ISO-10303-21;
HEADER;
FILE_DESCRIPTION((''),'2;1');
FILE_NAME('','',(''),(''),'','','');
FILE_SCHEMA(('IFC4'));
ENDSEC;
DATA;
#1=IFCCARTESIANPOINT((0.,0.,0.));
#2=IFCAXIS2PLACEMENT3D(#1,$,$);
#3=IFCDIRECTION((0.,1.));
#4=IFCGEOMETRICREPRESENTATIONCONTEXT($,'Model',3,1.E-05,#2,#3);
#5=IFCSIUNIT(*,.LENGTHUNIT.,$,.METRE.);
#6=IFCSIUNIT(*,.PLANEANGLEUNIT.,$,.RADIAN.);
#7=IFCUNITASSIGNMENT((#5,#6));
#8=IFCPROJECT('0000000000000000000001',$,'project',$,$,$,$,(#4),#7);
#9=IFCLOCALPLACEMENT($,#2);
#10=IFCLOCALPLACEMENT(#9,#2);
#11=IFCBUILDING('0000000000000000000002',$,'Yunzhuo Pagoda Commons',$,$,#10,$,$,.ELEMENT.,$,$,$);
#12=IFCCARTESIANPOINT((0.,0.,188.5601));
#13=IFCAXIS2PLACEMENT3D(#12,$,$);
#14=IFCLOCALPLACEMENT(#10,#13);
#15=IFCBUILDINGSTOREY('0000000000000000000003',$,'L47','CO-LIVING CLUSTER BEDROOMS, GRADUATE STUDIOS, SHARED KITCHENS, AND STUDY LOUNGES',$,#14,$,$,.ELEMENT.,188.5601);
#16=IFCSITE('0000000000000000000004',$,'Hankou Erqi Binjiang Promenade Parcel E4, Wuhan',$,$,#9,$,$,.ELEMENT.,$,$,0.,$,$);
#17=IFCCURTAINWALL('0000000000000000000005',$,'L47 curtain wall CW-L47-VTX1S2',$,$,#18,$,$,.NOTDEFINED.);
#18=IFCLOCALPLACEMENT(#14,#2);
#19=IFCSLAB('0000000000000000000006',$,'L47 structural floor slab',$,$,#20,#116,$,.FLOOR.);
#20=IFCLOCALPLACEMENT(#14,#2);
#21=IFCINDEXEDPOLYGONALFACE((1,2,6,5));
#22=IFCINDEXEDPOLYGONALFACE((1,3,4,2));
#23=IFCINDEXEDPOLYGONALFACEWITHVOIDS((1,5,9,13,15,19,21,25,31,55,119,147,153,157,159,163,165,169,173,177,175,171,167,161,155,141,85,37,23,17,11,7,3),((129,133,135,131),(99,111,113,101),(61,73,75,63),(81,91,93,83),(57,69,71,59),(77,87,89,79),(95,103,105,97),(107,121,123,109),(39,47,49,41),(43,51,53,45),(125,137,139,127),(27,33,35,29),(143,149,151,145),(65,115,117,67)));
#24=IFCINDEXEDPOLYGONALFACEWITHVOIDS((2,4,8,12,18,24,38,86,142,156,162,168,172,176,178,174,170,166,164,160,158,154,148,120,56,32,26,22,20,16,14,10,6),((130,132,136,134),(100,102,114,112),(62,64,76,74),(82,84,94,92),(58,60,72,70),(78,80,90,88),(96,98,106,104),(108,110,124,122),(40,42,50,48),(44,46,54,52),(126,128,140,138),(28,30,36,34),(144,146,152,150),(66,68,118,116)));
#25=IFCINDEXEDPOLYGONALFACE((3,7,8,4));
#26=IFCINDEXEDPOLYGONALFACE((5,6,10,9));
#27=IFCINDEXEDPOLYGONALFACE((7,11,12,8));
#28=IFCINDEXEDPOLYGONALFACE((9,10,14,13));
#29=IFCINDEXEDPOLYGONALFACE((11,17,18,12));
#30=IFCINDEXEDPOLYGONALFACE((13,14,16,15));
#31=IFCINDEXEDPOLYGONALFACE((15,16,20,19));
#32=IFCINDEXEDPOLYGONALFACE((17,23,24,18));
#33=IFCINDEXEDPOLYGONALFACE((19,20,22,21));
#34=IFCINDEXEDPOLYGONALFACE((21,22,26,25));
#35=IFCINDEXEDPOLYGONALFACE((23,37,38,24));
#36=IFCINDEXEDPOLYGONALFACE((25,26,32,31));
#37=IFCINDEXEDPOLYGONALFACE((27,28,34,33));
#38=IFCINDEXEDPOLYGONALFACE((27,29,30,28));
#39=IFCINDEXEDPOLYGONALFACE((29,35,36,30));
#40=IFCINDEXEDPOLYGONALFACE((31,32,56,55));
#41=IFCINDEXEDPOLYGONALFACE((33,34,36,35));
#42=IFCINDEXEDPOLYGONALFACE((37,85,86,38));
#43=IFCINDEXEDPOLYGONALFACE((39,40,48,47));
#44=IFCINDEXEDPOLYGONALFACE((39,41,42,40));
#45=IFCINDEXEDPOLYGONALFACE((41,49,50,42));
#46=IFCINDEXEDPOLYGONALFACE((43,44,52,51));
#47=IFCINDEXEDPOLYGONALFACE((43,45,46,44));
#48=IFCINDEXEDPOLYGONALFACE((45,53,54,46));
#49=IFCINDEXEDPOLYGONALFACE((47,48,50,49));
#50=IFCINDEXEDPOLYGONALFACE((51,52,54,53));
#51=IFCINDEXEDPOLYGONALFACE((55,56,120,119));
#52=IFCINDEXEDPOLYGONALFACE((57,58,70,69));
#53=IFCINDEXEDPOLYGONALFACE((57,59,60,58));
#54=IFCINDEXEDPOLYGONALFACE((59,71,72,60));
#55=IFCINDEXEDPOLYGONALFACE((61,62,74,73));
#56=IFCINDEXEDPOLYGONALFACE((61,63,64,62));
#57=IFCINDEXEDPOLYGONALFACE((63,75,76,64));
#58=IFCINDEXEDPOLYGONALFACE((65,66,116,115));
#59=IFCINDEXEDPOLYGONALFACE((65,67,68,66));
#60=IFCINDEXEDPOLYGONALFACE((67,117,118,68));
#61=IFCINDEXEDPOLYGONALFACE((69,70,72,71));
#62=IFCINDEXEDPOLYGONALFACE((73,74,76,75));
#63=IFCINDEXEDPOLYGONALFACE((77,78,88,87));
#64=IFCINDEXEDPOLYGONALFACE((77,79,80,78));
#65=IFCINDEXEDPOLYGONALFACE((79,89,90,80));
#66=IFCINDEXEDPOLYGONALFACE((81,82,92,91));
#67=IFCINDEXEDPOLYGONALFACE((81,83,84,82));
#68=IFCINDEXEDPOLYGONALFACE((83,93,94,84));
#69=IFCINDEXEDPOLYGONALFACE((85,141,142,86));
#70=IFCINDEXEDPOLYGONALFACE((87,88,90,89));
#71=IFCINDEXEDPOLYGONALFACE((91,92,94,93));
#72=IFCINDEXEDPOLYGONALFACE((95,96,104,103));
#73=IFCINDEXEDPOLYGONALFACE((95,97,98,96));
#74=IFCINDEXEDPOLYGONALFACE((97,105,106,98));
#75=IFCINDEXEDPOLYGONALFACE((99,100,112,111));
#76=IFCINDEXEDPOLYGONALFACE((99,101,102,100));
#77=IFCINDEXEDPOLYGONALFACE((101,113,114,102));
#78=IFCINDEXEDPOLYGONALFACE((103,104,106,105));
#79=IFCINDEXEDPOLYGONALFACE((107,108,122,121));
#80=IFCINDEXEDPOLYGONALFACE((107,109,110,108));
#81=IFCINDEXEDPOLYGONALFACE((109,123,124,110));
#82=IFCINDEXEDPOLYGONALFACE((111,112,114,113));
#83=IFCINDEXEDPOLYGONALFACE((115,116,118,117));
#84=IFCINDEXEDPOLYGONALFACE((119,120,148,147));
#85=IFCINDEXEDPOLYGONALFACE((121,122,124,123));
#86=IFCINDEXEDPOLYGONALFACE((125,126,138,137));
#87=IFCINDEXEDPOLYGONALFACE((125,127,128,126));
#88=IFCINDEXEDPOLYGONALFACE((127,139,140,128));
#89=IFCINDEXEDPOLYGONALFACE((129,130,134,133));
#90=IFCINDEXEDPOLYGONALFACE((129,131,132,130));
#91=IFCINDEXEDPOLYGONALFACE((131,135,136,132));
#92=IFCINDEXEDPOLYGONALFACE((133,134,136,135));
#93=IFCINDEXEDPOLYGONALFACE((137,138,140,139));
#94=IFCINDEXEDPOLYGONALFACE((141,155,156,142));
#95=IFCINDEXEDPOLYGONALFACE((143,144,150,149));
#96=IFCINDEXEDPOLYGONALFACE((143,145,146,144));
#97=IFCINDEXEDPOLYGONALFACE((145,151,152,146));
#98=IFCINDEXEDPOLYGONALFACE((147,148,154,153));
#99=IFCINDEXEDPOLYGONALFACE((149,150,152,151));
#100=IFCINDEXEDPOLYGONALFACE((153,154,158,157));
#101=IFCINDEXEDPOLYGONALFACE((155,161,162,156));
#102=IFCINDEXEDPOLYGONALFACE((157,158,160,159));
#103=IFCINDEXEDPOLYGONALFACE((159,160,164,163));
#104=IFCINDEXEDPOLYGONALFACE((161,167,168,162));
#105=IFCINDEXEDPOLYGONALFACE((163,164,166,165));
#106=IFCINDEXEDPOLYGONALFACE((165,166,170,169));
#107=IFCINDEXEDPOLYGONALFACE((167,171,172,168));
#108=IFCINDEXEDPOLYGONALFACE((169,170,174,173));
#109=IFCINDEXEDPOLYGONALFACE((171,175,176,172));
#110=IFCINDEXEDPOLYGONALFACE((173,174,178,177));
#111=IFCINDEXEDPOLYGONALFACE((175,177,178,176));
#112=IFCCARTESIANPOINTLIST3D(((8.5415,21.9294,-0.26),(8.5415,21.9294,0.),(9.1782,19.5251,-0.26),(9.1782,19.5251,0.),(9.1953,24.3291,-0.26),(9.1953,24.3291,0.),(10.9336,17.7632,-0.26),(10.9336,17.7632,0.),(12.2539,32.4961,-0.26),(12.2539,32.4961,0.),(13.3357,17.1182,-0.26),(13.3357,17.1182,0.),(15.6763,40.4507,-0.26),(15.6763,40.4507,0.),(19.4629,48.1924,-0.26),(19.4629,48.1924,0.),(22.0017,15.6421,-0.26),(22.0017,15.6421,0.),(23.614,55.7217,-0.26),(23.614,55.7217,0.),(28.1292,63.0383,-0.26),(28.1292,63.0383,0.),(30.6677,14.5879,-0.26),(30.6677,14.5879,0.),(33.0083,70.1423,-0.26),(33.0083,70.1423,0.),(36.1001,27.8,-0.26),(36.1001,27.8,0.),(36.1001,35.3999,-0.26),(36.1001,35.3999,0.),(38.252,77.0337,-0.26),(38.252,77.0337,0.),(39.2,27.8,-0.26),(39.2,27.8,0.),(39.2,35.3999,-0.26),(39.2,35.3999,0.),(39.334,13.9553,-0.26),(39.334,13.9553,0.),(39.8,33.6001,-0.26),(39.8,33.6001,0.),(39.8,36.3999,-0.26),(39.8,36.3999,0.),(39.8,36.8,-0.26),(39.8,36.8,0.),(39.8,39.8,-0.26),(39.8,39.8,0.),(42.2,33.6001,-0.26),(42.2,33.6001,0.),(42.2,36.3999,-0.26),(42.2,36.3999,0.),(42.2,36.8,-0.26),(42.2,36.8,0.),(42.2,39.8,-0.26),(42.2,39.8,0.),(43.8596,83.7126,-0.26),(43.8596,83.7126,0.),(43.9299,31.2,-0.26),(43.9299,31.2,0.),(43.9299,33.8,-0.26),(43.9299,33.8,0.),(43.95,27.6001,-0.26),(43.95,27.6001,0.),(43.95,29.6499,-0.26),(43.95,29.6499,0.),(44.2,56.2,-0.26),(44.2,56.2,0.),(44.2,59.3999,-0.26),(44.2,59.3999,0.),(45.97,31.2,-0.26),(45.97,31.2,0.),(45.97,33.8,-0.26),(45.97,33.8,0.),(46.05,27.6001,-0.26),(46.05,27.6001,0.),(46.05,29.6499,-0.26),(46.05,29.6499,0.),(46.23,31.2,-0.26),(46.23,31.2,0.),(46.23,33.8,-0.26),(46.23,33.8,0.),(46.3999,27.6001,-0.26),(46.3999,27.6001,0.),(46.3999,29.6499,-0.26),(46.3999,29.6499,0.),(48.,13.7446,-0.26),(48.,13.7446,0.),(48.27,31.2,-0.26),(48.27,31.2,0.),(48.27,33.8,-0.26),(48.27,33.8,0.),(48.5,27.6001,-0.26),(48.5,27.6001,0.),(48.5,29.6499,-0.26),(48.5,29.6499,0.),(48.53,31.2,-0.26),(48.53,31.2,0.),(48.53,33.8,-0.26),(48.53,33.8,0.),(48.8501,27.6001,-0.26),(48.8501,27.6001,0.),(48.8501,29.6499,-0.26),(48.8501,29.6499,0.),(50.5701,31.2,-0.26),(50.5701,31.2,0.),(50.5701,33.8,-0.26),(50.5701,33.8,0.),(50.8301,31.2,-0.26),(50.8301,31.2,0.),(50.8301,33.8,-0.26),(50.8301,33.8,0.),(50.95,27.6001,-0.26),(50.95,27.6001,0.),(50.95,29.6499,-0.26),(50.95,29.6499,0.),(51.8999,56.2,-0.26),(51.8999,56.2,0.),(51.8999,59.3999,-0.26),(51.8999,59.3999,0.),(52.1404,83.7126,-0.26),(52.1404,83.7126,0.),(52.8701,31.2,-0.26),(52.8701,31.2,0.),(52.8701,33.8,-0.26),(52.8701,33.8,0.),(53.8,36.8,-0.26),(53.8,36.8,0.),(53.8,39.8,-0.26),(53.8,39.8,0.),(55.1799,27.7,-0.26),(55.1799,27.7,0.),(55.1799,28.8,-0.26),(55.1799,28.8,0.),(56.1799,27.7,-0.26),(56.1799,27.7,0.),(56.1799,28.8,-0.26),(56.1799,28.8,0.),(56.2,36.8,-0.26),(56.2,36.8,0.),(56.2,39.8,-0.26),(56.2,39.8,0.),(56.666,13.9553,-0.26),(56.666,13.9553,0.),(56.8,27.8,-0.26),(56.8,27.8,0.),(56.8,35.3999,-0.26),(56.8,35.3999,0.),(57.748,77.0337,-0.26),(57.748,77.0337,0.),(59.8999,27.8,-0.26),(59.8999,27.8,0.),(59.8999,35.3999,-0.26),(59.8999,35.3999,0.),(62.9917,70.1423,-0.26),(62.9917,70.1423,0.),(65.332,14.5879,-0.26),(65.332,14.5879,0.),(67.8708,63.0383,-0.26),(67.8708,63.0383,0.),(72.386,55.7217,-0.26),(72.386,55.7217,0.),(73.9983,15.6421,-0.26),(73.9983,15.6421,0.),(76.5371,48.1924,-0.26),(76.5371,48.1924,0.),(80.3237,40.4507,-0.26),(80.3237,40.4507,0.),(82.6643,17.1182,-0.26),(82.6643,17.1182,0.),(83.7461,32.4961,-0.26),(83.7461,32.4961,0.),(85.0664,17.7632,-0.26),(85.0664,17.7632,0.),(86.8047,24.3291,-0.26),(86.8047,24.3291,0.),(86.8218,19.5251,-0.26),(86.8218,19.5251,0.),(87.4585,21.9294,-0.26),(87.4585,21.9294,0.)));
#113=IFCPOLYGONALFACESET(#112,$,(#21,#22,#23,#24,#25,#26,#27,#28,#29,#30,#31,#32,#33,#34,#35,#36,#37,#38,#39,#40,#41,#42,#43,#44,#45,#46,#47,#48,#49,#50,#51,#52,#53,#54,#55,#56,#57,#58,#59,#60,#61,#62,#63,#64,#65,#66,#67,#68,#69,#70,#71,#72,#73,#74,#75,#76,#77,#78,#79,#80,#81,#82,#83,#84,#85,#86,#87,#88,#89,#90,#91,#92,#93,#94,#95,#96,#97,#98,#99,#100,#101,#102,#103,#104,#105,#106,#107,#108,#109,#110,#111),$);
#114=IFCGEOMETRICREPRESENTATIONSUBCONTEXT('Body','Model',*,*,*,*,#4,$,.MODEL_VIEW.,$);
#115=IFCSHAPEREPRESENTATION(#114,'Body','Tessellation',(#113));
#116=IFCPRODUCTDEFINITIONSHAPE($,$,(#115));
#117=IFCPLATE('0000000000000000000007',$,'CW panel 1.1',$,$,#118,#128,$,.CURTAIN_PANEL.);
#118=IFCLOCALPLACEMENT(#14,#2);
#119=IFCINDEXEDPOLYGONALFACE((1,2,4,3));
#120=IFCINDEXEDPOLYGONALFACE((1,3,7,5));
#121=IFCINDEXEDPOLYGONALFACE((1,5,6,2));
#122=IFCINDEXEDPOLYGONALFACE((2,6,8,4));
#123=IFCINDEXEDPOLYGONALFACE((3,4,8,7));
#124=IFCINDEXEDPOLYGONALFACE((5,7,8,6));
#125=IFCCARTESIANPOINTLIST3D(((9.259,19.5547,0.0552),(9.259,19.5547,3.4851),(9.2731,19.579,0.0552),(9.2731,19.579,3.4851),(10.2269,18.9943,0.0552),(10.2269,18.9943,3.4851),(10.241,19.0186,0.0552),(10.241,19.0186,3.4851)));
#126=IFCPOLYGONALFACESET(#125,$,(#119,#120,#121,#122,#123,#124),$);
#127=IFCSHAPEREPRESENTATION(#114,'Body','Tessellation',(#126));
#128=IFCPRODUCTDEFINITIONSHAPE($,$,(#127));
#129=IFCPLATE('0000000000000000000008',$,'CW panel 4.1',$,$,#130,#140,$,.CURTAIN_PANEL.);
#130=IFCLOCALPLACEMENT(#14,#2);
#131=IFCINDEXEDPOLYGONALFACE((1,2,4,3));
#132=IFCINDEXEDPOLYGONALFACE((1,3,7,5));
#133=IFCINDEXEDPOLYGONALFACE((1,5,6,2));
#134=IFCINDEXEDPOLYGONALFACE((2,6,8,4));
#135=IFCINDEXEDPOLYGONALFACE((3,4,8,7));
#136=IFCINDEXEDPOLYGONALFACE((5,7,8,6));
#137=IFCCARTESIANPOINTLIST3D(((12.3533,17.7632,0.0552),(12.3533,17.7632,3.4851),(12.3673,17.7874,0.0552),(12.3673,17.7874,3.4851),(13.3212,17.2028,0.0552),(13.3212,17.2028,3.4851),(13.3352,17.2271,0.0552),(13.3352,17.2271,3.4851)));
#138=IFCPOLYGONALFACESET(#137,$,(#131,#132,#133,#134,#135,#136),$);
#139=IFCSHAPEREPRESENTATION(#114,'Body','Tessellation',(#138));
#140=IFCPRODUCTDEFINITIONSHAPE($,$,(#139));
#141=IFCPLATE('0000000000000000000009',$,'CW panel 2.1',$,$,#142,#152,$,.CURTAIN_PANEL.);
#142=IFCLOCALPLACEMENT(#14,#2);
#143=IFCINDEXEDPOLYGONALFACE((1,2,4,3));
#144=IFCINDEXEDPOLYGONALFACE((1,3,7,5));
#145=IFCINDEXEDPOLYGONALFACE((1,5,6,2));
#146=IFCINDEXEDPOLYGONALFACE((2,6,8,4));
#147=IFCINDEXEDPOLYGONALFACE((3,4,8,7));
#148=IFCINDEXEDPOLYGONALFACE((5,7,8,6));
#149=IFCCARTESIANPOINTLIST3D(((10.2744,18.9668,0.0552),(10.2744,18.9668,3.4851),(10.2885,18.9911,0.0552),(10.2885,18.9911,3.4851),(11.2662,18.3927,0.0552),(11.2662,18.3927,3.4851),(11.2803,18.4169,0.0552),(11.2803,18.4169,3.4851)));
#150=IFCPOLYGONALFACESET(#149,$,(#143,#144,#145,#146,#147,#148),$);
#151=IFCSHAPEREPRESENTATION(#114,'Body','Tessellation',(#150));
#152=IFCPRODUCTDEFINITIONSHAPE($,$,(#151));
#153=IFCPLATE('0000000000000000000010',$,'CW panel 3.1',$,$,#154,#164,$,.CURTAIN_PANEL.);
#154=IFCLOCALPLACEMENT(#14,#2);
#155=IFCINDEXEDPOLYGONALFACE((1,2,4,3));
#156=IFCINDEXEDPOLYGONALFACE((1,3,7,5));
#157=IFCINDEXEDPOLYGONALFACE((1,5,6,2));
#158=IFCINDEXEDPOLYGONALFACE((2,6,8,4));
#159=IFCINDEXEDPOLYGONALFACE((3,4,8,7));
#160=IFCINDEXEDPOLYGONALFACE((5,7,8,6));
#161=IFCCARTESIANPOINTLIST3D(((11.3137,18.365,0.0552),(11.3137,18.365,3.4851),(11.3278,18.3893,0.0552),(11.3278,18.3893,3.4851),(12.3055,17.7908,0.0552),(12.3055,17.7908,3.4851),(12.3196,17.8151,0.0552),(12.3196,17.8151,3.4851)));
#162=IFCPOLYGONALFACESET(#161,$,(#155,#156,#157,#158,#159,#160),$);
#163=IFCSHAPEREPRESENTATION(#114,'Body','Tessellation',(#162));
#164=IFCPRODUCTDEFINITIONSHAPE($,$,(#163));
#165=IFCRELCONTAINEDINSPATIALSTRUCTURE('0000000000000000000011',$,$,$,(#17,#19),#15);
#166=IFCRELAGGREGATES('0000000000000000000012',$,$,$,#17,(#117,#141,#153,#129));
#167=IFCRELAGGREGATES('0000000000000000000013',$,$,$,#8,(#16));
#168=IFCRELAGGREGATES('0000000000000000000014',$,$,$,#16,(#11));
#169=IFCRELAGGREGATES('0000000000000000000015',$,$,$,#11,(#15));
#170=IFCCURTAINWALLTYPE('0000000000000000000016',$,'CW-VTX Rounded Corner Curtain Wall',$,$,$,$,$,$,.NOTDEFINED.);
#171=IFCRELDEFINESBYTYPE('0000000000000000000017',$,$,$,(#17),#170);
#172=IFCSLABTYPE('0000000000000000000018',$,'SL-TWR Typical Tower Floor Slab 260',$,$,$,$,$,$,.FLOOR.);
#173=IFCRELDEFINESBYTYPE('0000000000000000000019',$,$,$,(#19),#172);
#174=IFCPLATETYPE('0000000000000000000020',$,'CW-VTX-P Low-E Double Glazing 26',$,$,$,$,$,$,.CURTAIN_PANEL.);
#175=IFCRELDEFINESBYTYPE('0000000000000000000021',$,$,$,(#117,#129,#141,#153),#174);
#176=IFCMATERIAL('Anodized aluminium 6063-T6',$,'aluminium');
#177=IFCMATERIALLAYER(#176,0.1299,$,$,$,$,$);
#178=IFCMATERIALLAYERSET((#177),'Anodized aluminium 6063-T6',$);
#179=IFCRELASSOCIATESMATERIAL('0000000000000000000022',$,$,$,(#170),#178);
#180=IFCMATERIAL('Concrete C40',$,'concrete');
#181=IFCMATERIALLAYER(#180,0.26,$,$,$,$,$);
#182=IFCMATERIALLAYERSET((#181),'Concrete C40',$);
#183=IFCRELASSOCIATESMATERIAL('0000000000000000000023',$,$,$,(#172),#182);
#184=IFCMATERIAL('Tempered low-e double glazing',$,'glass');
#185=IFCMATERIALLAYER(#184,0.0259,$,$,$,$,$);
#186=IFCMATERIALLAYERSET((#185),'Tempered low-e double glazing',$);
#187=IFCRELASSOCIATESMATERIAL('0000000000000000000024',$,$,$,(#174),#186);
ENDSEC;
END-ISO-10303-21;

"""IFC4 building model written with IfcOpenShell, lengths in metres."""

from ifc_helpers import new_model, si_unit, direction, frame, origin, origin_2d, place, context, subcontext, project, spatial, polyline, rectangle, outline, extrude, source, transform, mapped, material, layer, layer_set, type_object, element, aggregate, save


model = new_model("IFC4")

# Units and contexts
model_context = context("Model", 3, precision=1e-05, world=origin(), true_north=direction((0.0, 1.0)))
body_context = subcontext(model_context, "Body", "Model", "MODEL_VIEW")
ifc_project = project(units=[si_unit("LENGTHUNIT", "METRE"), si_unit("PLANEANGLEUNIT", "RADIAN")], contexts=[model_context])

# Site, building, storey
site_placement = place(None, origin())
site = spatial("IfcSite", under=ifc_project, at=site_placement, Name="Hankou Erqi Binjiang Promenade Parcel E4, Wuhan", CompositionType="ELEMENT", RefElevation=0.0)
building_placement = place(site_placement, origin())
building = spatial("IfcBuilding", under=site, at=building_placement, Name="Yunzhuo Pagoda Commons", CompositionType="ELEMENT")
storey_placement = place(building_placement, frame((0.0, 0.0, 188.5601)))
storey = spatial("IfcBuildingStorey", under=building, at=storey_placement, Name="L47", Description="CO-LIVING CLUSTER BEDROOMS, GRADUATE STUDIOS, SHARED KITCHENS, AND STUDY LOUNGES", CompositionType="ELEMENT", Elevation=188.5601)

# Curtain wall
ifc_material_1 = material(Name="Anodized aluminium 6063-T6", Category="aluminium")
ifc_layer_1 = layer(ifc_material_1, 0.1299)
ifc_layer_set_1 = layer_set([ifc_layer_1], Name="Anodized aluminium 6063-T6")
curtain_wall_type_1 = type_object("IfcCurtainWallType", Name="CW-VTX Rounded Corner Curtain Wall", PredefinedType="NOTDEFINED", material=ifc_layer_set_1)
curtain_wall_1_placement = place(storey_placement, origin())
curtain_wall_1 = element("IfcCurtainWall", 1, at=curtain_wall_1_placement, inside=storey, type_object=curtain_wall_type_1, Name="L47 curtain wall CW-L47-VTX1S2", PredefinedType="NOTDEFINED")

# Shared definitions
ifc_material_2 = material(Name="Concrete C40", Category="concrete")

# Slab
ifc_layer_2 = layer(ifc_material_2, 0.26)
ifc_layer_set_2 = layer_set([ifc_layer_2], Name="Concrete C40")
slab_type_1 = type_object("IfcSlabType", Name="SL-TWR Typical Tower Floor Slab 260", PredefinedType="FLOOR", material=ifc_layer_set_2)
slab_1_placement = place(storey_placement, frame((0.0, 0.0, -0.26)))
element("IfcSlab", 2, at=slab_1_placement, inside=storey, type_object=slab_type_1, Name="L47 structural floor slab", PredefinedType="FLOOR", context=body_context, shape_type="SweptSolid", body=[
    extrude(outline(polyline([(12.2539, 32.4961), (15.6763, 40.4507), (19.4629, 48.1924), (23.614, 55.7217), (28.1292, 63.0383), (33.0083, 70.1423), (38.252, 77.0337), (43.8596, 83.7126), (52.1404, 83.7126), (57.748, 77.0337), (62.9917, 70.1423), (67.8708, 63.0383), (72.386, 55.7217), (76.5371, 48.1924), (80.3237, 40.4507), (83.7461, 32.4961), (86.8047, 24.3291), (87.4585, 21.9294), (86.8218, 19.5251), (85.0664, 17.7632), (82.6643, 17.1182), (73.9983, 15.6421), (65.332, 14.5879), (56.666, 13.9553), (48.0, 13.7446), (39.334, 13.9553), (30.6677, 14.5879), (22.0017, 15.6421), (13.3357, 17.1182), (10.9336, 17.7632), (9.1782, 19.5251), (8.5415, 21.9294), (9.1953, 24.3291), (12.2539, 32.4961)]), holes=[polyline([(46.05, 29.6499), (43.95, 29.6499), (43.95, 27.6001), (46.05, 27.6001), (46.05, 29.6499)]), polyline([(48.5, 27.6001), (48.5, 29.6499), (46.3999, 29.6499), (46.3999, 27.6001), (48.5, 27.6001)]), polyline([(36.1001, 27.8), (39.2, 27.8), (39.2, 35.3999), (36.1001, 35.3999), (36.1001, 27.8)]), polyline([(45.97, 31.2), (45.97, 33.8), (43.9299, 33.8), (43.9299, 31.2), (45.97, 31.2)]), polyline([(48.27, 31.2), (48.27, 33.8), (46.23, 33.8), (46.23, 31.2), (48.27, 31.2)]), polyline([(42.2, 33.6001), (42.2, 36.3999), (39.8, 36.3999), (39.8, 33.6001), (42.2, 33.6001)]), polyline([(42.2, 36.8), (42.2, 39.8), (39.8, 39.8), (39.8, 36.8), (42.2, 36.8)]), polyline([(56.1799, 28.8), (55.1799, 28.8), (55.1799, 27.7), (56.1799, 27.7), (56.1799, 28.8)]), polyline([(50.95, 27.6001), (50.95, 29.6499), (48.8501, 29.6499), (48.8501, 27.6001), (50.95, 27.6001)]), polyline([(56.8, 27.8), (59.8999, 27.8), (59.8999, 35.3999), (56.8, 35.3999), (56.8, 27.8)]), polyline([(50.5701, 31.2), (50.5701, 33.8), (48.53, 33.8), (48.53, 31.2), (50.5701, 31.2)]), polyline([(52.8701, 31.2), (52.8701, 33.8), (50.8301, 33.8), (50.8301, 31.2), (52.8701, 31.2)]), polyline([(56.2, 36.8), (56.2, 39.8), (53.8, 39.8), (53.8, 36.8), (56.2, 36.8)]), polyline([(51.8999, 56.2), (51.8999, 59.3999), (44.2, 59.3999), (44.2, 56.2), (51.8999, 56.2)])]), origin(), (0.0, 0.0, 1.0), 0.26),
])

# Plates
ifc_material_3 = material(Name="Tempered low-e double glazing", Category="glass")
ifc_layer_3 = layer(ifc_material_3, 0.0259)
ifc_layer_set_3 = layer_set([ifc_layer_3], Name="Tempered low-e double glazing")
plate_type = type_object("IfcPlateType", Name="CW-VTX-P Low-E Double Glazing 26", PredefinedType="CURTAIN_PANEL", material=ifc_layer_set_3)
shared_shape_1 = source(origin(), body_context, "Body", "SweptSolid", [
    extrude(rectangle(XDim=1.1184, YDim=0.0281, at=origin_2d()), origin(), (0.0, 0.0, 1.0), 3.4299),
])
plate_1_placement = place(storey_placement, frame((9.75, 19.2866, 0.0552), z_axis=(0.0, 0.0, 1.0), x_axis=(0.865424, -0.50104, 0.0)))
plate_1 = element("IfcPlate", 3, at=plate_1_placement, type_object=plate_type, Name="CW panel 1.1", PredefinedType="CURTAIN_PANEL", context=body_context, shape_type="MappedRepresentation", body=[
    mapped(shared_shape_1, transform((0.0, 0.0, 0.0), scale=1.0)),
])
plate_2_placement = place(storey_placement, frame((12.8442, 17.4951, 0.0552), z_axis=(0.0, 0.0, 1.0), x_axis=(0.865424, -0.50104, 0.0)))
plate_2 = element("IfcPlate", 4, at=plate_2_placement, type_object=plate_type, Name="CW panel 4.1", PredefinedType="CURTAIN_PANEL", context=body_context, shape_type="MappedRepresentation", body=[
    mapped(shared_shape_1, transform((0.0, 0.0, 0.0), scale=1.0)),
])
shared_shape_2 = source(origin(), body_context, "Body", "SweptSolid", [
    extrude(rectangle(XDim=1.146, YDim=0.0281, at=origin_2d()), origin(), (0.0, 0.0, 1.0), 3.4299),
])
plate_3_placement = place(storey_placement, frame((10.7773, 18.6919, 0.0552), z_axis=(0.0, 0.0, 1.0), x_axis=(0.865424, -0.50104, 0.0)))
plate_3 = element("IfcPlate", 5, at=plate_3_placement, type_object=plate_type, Name="CW panel 2.1", PredefinedType="CURTAIN_PANEL", context=body_context, shape_type="MappedRepresentation", body=[
    mapped(shared_shape_2, transform((0.0, 0.0, 0.0), scale=1.0)),
])
plate_4_placement = place(storey_placement, frame((11.8167, 18.0901, 0.0552), z_axis=(0.0, 0.0, 1.0), x_axis=(0.865424, -0.50104, 0.0)))
plate_4 = element("IfcPlate", 6, at=plate_4_placement, type_object=plate_type, Name="CW panel 3.1", PredefinedType="CURTAIN_PANEL", context=body_context, shape_type="MappedRepresentation", body=[
    mapped(shared_shape_2, transform((0.0, 0.0, 0.0), scale=1.0)),
])
aggregate(curtain_wall_1, [plate_1, plate_3, plate_4, plate_2])

save(model, "model.ifc")
